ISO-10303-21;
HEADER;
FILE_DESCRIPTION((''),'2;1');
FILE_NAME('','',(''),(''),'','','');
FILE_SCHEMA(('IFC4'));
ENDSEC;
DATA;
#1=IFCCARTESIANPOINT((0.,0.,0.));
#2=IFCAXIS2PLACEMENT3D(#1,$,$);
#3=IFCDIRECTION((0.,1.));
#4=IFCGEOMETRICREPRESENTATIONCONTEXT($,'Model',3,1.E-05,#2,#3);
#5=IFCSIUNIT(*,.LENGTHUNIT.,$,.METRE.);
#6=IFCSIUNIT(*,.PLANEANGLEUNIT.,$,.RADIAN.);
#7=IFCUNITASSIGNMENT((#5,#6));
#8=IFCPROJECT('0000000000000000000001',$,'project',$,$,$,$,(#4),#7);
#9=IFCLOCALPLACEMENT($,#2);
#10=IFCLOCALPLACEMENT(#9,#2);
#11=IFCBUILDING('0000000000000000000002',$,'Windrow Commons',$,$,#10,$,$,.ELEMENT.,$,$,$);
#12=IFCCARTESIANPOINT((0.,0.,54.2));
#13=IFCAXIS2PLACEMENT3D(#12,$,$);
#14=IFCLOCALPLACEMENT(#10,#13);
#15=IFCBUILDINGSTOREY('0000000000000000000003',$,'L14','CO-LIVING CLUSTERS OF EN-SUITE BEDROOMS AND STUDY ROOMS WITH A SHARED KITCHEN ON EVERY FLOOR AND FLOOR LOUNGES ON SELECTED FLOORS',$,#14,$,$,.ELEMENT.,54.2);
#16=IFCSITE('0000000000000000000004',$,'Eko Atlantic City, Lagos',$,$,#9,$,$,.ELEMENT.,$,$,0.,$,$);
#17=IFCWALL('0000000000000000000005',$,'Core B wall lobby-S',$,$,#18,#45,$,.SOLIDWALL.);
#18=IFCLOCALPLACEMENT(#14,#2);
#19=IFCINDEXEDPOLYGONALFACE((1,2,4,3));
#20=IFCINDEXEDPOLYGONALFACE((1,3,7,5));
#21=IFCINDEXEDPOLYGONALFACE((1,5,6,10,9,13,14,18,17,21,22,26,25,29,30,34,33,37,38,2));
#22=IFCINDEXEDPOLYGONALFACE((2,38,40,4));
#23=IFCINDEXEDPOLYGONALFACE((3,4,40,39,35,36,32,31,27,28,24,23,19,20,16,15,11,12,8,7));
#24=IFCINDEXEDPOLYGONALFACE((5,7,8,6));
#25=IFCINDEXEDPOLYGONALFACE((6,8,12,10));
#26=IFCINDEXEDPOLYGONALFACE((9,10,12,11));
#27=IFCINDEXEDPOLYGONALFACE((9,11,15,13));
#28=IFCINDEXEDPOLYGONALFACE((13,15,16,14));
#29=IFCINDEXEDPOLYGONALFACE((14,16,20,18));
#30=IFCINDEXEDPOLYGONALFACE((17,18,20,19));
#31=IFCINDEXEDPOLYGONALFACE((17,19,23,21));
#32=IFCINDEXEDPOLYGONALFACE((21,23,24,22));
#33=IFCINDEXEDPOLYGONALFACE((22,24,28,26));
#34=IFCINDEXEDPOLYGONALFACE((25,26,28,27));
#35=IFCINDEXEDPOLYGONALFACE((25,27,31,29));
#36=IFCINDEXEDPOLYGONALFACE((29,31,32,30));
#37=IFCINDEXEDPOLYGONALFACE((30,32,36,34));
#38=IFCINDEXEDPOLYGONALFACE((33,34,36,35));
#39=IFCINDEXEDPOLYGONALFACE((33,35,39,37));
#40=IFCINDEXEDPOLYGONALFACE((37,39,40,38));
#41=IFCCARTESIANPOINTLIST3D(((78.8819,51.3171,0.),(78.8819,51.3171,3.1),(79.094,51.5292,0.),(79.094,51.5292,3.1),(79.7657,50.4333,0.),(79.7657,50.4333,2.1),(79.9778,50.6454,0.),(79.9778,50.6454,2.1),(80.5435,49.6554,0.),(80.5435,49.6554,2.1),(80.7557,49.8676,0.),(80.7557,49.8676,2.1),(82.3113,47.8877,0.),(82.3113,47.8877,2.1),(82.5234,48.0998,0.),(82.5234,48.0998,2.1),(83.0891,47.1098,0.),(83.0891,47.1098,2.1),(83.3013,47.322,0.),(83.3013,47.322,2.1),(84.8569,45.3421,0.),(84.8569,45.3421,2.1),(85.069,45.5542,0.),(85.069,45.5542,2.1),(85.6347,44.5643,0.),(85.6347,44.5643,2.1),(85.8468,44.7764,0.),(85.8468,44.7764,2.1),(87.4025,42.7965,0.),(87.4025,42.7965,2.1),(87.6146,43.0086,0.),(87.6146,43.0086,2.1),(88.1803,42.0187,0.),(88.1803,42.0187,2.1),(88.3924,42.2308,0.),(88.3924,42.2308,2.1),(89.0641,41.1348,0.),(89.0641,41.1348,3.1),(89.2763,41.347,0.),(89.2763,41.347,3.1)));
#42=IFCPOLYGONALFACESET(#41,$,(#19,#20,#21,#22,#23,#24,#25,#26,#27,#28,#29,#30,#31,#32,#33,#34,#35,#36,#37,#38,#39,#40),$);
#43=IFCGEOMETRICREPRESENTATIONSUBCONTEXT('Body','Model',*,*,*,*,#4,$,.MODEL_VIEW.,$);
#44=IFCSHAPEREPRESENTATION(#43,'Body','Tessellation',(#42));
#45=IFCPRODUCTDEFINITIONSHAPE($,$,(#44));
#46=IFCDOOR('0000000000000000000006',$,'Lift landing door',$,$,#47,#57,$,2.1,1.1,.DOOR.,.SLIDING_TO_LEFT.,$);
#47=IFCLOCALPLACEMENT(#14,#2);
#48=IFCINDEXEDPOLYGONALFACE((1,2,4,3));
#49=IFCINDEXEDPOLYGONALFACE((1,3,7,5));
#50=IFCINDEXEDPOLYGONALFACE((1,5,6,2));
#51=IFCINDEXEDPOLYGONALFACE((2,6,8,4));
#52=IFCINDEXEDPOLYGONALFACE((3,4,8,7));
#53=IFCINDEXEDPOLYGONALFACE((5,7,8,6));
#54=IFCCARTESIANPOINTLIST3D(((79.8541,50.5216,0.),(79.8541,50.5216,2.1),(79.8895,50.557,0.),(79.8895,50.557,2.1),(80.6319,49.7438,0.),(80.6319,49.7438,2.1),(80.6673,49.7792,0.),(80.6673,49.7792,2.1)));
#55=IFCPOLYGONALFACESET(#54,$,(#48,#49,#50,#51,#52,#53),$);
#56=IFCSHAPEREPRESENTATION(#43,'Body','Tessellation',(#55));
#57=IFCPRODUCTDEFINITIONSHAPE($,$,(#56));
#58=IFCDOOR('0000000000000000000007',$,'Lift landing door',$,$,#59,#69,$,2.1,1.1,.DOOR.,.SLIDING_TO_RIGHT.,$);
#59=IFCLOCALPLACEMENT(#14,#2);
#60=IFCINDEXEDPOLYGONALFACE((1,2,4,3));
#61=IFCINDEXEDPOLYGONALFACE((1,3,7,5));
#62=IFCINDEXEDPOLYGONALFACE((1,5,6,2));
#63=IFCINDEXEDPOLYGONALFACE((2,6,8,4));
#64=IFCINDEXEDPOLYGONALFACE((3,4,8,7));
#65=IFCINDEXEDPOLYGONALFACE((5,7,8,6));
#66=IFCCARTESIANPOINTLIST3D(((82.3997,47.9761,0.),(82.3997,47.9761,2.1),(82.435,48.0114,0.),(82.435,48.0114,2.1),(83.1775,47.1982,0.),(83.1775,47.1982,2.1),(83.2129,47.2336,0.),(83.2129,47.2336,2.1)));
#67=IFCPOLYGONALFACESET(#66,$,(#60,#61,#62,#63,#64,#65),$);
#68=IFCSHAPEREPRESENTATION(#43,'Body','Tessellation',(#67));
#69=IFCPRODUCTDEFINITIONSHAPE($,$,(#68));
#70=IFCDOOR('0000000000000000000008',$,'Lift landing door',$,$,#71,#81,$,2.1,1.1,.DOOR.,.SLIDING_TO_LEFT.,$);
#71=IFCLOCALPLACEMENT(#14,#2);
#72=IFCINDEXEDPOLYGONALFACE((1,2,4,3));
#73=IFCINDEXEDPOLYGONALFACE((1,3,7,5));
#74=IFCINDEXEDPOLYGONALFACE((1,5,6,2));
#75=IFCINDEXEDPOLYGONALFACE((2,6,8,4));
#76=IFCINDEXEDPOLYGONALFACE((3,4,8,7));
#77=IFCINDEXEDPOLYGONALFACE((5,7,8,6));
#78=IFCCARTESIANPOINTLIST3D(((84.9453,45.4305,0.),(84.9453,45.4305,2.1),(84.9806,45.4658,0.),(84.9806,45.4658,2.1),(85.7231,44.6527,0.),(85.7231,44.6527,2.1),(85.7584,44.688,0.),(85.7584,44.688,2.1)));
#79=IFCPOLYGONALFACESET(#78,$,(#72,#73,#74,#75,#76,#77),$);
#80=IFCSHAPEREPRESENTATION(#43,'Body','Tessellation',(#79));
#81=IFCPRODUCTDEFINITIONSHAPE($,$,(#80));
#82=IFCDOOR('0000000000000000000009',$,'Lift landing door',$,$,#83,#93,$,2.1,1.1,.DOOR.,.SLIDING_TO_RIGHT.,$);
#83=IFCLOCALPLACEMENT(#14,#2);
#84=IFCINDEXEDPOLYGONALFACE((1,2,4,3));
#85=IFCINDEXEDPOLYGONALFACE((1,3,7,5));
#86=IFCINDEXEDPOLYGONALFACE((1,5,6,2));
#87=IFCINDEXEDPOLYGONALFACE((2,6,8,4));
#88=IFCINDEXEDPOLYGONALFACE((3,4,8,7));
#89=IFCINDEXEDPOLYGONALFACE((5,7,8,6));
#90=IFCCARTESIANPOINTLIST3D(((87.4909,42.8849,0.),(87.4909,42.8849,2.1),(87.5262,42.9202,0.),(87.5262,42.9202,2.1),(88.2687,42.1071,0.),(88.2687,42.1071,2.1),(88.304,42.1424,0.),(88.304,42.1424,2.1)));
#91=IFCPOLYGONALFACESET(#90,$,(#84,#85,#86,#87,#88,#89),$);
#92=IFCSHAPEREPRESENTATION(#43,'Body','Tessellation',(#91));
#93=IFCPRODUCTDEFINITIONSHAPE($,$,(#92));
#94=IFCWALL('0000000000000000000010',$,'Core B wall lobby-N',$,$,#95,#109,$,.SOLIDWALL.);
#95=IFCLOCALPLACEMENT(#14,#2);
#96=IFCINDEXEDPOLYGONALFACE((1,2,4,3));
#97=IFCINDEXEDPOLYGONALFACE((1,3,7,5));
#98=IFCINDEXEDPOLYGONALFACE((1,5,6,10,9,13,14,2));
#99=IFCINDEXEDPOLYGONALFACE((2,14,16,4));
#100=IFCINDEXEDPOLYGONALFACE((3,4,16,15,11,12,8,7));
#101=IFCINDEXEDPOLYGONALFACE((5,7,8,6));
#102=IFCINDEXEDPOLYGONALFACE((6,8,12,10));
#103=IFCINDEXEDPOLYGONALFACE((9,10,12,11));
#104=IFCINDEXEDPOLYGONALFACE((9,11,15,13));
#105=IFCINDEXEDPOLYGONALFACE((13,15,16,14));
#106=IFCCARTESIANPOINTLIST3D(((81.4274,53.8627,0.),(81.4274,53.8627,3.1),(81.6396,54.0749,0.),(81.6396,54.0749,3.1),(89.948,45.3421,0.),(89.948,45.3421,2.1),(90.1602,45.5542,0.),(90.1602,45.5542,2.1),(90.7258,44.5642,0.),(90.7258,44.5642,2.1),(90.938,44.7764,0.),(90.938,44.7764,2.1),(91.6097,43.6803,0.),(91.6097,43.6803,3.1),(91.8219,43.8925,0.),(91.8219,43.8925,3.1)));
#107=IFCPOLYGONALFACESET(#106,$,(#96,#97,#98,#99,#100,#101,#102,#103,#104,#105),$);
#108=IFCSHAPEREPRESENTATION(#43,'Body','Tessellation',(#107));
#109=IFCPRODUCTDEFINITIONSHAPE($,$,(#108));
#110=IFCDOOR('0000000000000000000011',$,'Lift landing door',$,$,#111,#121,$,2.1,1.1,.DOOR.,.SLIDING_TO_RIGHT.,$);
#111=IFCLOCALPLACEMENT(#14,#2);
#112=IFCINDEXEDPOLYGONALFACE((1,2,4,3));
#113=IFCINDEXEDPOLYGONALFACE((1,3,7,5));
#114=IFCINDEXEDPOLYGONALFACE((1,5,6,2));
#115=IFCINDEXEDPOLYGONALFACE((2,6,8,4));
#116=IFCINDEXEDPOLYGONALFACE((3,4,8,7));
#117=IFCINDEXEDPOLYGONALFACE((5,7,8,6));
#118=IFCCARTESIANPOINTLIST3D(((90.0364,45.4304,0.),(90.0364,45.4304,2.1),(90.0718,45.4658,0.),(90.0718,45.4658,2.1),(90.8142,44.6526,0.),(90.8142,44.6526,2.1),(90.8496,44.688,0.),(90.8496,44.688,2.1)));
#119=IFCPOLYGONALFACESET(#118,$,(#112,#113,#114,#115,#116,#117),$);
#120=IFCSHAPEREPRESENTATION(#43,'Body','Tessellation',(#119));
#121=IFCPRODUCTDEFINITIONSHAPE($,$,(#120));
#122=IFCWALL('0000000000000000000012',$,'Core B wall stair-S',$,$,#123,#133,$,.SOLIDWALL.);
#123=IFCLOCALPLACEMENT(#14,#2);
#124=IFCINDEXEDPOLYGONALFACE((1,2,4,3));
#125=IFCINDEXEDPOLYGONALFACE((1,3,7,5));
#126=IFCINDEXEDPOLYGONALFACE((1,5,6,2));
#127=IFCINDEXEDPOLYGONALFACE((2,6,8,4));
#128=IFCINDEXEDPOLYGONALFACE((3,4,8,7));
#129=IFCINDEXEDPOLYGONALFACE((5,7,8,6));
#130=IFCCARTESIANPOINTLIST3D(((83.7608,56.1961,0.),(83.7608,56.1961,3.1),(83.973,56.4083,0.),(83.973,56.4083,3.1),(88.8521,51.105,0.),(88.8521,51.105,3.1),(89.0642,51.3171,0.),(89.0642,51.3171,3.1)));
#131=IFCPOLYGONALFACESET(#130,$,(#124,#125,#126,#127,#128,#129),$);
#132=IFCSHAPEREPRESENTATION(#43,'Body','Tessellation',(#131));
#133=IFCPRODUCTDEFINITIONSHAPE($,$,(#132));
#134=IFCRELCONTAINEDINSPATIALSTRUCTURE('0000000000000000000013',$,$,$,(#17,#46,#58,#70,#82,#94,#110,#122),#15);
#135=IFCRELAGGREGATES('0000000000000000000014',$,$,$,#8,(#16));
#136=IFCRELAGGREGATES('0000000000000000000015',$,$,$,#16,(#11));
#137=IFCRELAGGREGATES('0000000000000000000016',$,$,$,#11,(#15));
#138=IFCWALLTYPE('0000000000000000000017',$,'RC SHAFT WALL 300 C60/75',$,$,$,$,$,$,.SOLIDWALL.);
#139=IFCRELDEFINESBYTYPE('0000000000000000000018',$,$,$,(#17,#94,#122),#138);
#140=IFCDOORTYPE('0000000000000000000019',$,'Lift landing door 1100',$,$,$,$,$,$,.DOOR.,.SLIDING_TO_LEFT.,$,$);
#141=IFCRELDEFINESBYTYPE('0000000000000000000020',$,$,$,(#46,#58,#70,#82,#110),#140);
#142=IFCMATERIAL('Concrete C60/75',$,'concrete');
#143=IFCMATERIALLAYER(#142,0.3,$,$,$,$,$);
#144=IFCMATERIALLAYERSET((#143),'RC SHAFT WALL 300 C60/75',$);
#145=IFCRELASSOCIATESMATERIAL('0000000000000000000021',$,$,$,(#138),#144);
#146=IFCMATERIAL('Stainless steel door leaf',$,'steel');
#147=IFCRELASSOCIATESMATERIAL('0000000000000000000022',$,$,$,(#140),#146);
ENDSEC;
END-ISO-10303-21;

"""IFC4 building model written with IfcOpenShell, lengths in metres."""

from ifc_helpers import new_model, si_unit, direction, frame, frame_2d, origin, place, context, subcontext, project, spatial, rectangle, extrude, material, layer, layer_set, type_object, element, fill, save


model = new_model("IFC4")

# Units and contexts
model_context = context("Model", 3, precision=1e-05, world=origin(), true_north=direction((0.0, 1.0)))
body_context = subcontext(model_context, "Body", "Model", "MODEL_VIEW")
ifc_project = project(units=[si_unit("LENGTHUNIT", "METRE"), si_unit("PLANEANGLEUNIT", "RADIAN")], contexts=[model_context])

# Site, building, storey
site_placement = place(None, origin())
site = spatial("IfcSite", under=ifc_project, at=site_placement, Name="Eko Atlantic City, Lagos", CompositionType="ELEMENT", RefElevation=0.0)
building_placement = place(site_placement, origin())
building = spatial("IfcBuilding", under=site, at=building_placement, Name="Windrow Commons", CompositionType="ELEMENT")
storey_placement = place(building_placement, frame((0.0, 0.0, 54.2)))
storey = spatial("IfcBuildingStorey", under=building, at=storey_placement, Name="L14", Description="CO-LIVING CLUSTERS OF EN-SUITE BEDROOMS AND STUDY ROOMS WITH A SHARED KITCHEN ON EVERY FLOOR AND FLOOR LOUNGES ON SELECTED FLOORS", CompositionType="ELEMENT", Elevation=54.2)

# Shared definitions
ifc_material_1 = material(Name="Concrete C60/75", Category="concrete")
ifc_layer_1 = layer(ifc_material_1, 0.3)
ifc_layer_set_1 = layer_set([ifc_layer_1], Name="RC SHAFT WALL 300 C60/75")
wall_type_1 = type_object("IfcWallType", Name="RC SHAFT WALL 300 C60/75", PredefinedType="SOLIDWALL", material=ifc_layer_set_1)

# Wall, openings, doors
wall_1_placement = place(storey_placement, frame((78.9879, 51.4232, 0.0), z_axis=(0.0, 0.0, 1.0), x_axis=(0.707107, -0.707107, 0.0)))
wall_1 = element("IfcWall", 1, at=wall_1_placement, inside=storey, type_object=wall_type_1, Name="Core B wall lobby-S", PredefinedType="SOLIDWALL", context=body_context, shape_type="SweptSolid", body=[
    extrude(rectangle(XDim=14.3999, YDim=0.3, at=frame_2d((7.2, 0.0))), origin(), (0.0, 0.0, 1.0), 3.1),
])
opening_1_placement = place(wall_1_placement, frame((1.25, 0.0, 0.0)))
opening_1 = element("IfcOpeningElement", 2, at=opening_1_placement, cuts=wall_1, PredefinedType="OPENING", context=body_context, shape_type="SweptSolid", body=[
    extrude(rectangle(XDim=1.1, YDim=2.1, at=frame_2d((0.55, 1.05))), frame((0.0, 0.16, 0.0), z_axis=(0.0, -1.0, 0.0), x_axis=(1.0, 0.0, 0.0)), (0.0, 0.0, 1.0), 0.32),
])
opening_2_placement = place(wall_1_placement, frame((4.85, 0.0, 0.0)))
opening_2 = element("IfcOpeningElement", 3, at=opening_2_placement, cuts=wall_1, PredefinedType="OPENING", context=body_context, shape_type="SweptSolid", body=[
    extrude(rectangle(XDim=1.1, YDim=2.1, at=frame_2d((0.55, 1.05))), frame((0.0, 0.16, 0.0), z_axis=(0.0, -1.0, 0.0), x_axis=(1.0, 0.0, 0.0)), (0.0, 0.0, 1.0), 0.32),
])
opening_3_placement = place(wall_1_placement, frame((8.45, 0.0, 0.0)))
opening_3 = element("IfcOpeningElement", 4, at=opening_3_placement, cuts=wall_1, PredefinedType="OPENING", context=body_context, shape_type="SweptSolid", body=[
    extrude(rectangle(XDim=1.1, YDim=2.1, at=frame_2d((0.55, 1.05))), frame((0.0, 0.16, 0.0), z_axis=(0.0, -1.0, 0.0), x_axis=(1.0, 0.0, 0.0)), (0.0, 0.0, 1.0), 0.32),
])
opening_4_placement = place(wall_1_placement, frame((12.05, 0.0, 0.0)))
opening_4 = element("IfcOpeningElement", 5, at=opening_4_placement, cuts=wall_1, PredefinedType="OPENING", context=body_context, shape_type="SweptSolid", body=[
    extrude(rectangle(XDim=1.1, YDim=2.1, at=frame_2d((0.55, 1.05))), frame((0.0, 0.16, 0.0), z_axis=(0.0, -1.0, 0.0), x_axis=(1.0, 0.0, 0.0)), (0.0, 0.0, 1.0), 0.32),
])
ifc_material_2 = material(Name="Stainless steel door leaf", Category="steel")
door_type_1 = type_object("IfcDoorType", Name="Lift landing door 1100", OperationType="SLIDING_TO_LEFT", PredefinedType="DOOR", material=ifc_material_2)
door_1_placement = place(opening_1_placement, origin())
door_1 = element("IfcDoor", 6, at=door_1_placement, inside=storey, type_object=door_type_1, Name="Lift landing door", OperationType="SLIDING_TO_LEFT", OverallHeight=2.1, OverallWidth=1.1, PredefinedType="DOOR", context=body_context, shape_type="SweptSolid", body=[
    extrude(rectangle(XDim=1.1, YDim=2.1, at=frame_2d((0.55, 1.05))), frame((0.0, 0.025, 0.0), z_axis=(0.0, -1.0, 0.0), x_axis=(1.0, 0.0, 0.0)), (0.0, 0.0, 1.0), 0.05),
])
fill(opening_1, door_1)
door_2_placement = place(opening_2_placement, origin())
door_2 = element("IfcDoor", 7, at=door_2_placement, inside=storey, type_object=door_type_1, Name="Lift landing door", OperationType="SLIDING_TO_RIGHT", OverallHeight=2.1, OverallWidth=1.1, PredefinedType="DOOR", context=body_context, shape_type="SweptSolid", body=[
    extrude(rectangle(XDim=1.1, YDim=2.1, at=frame_2d((0.55, 1.05))), frame((0.0, 0.025, 0.0), z_axis=(0.0, -1.0, 0.0), x_axis=(1.0, 0.0, 0.0)), (0.0, 0.0, 1.0), 0.05),
])
fill(opening_2, door_2)
door_3_placement = place(opening_3_placement, origin())
door_3 = element("IfcDoor", 8, at=door_3_placement, inside=storey, type_object=door_type_1, Name="Lift landing door", OperationType="SLIDING_TO_LEFT", OverallHeight=2.1, OverallWidth=1.1, PredefinedType="DOOR", context=body_context, shape_type="SweptSolid", body=[
    extrude(rectangle(XDim=1.1, YDim=2.1, at=frame_2d((0.55, 1.05))), frame((0.0, 0.025, 0.0), z_axis=(0.0, -1.0, 0.0), x_axis=(1.0, 0.0, 0.0)), (0.0, 0.0, 1.0), 0.05),
])
fill(opening_3, door_3)
door_4_placement = place(opening_4_placement, origin())
door_4 = element("IfcDoor", 9, at=door_4_placement, inside=storey, type_object=door_type_1, Name="Lift landing door", OperationType="SLIDING_TO_RIGHT", OverallHeight=2.1, OverallWidth=1.1, PredefinedType="DOOR", context=body_context, shape_type="SweptSolid", body=[
    extrude(rectangle(XDim=1.1, YDim=2.1, at=frame_2d((0.55, 1.05))), frame((0.0, 0.025, 0.0), z_axis=(0.0, -1.0, 0.0), x_axis=(1.0, 0.0, 0.0)), (0.0, 0.0, 1.0), 0.05),
])
fill(opening_4, door_4)

# Wall, opening, door
wall_2_placement = place(storey_placement, frame((81.5335, 53.9688, 0.0), z_axis=(0.0, 0.0, 1.0), x_axis=(0.707103, -0.70711, 0.0)))
wall_2 = element("IfcWall", 10, at=wall_2_placement, inside=storey, type_object=wall_type_1, Name="Core B wall lobby-N", PredefinedType="SOLIDWALL", context=body_context, shape_type="SweptSolid", body=[
    extrude(rectangle(XDim=14.4, YDim=0.3, at=frame_2d((7.2, 0.0))), origin(), (0.0, 0.0, 1.0), 3.1),
])
opening_5_placement = place(wall_2_placement, frame((12.05, 0.0, 0.0)))
opening_5 = element("IfcOpeningElement", 11, at=opening_5_placement, cuts=wall_2, PredefinedType="OPENING", context=body_context, shape_type="SweptSolid", body=[
    extrude(rectangle(XDim=1.1, YDim=2.1, at=frame_2d((0.55, 1.05))), frame((0.0, 0.16, 0.0), z_axis=(0.0, -1.0, 0.0), x_axis=(1.0, 0.0, 0.0)), (0.0, 0.0, 1.0), 0.32),
])
door_5_placement = place(opening_5_placement, origin())
door_5 = element("IfcDoor", 12, at=door_5_placement, inside=storey, type_object=door_type_1, Name="Lift landing door", OperationType="SLIDING_TO_RIGHT", OverallHeight=2.1, OverallWidth=1.1, PredefinedType="DOOR", context=body_context, shape_type="SweptSolid", body=[
    extrude(rectangle(XDim=1.1, YDim=2.1, at=frame_2d((0.55, 1.05))), frame((0.0, 0.025, 0.0), z_axis=(0.0, -1.0, 0.0), x_axis=(1.0, 0.0, 0.0)), (0.0, 0.0, 1.0), 0.05),
])
fill(opening_5, door_5)

# Wall
wall_3_placement = place(storey_placement, frame((83.8669, 56.3022, 0.0), z_axis=(0.0, 0.0, 1.0), x_axis=(0.707114, -0.7071, 0.0)))
element("IfcWall", 13, at=wall_3_placement, inside=storey, type_object=wall_type_1, Name="Core B wall stair-S", PredefinedType="SOLIDWALL", context=body_context, shape_type="SweptSolid", body=[
    extrude(rectangle(XDim=7.2, YDim=0.3, at=frame_2d((3.6, 0.0))), origin(), (0.0, 0.0, 1.0), 3.1),
])

save(model, "model.ifc")
